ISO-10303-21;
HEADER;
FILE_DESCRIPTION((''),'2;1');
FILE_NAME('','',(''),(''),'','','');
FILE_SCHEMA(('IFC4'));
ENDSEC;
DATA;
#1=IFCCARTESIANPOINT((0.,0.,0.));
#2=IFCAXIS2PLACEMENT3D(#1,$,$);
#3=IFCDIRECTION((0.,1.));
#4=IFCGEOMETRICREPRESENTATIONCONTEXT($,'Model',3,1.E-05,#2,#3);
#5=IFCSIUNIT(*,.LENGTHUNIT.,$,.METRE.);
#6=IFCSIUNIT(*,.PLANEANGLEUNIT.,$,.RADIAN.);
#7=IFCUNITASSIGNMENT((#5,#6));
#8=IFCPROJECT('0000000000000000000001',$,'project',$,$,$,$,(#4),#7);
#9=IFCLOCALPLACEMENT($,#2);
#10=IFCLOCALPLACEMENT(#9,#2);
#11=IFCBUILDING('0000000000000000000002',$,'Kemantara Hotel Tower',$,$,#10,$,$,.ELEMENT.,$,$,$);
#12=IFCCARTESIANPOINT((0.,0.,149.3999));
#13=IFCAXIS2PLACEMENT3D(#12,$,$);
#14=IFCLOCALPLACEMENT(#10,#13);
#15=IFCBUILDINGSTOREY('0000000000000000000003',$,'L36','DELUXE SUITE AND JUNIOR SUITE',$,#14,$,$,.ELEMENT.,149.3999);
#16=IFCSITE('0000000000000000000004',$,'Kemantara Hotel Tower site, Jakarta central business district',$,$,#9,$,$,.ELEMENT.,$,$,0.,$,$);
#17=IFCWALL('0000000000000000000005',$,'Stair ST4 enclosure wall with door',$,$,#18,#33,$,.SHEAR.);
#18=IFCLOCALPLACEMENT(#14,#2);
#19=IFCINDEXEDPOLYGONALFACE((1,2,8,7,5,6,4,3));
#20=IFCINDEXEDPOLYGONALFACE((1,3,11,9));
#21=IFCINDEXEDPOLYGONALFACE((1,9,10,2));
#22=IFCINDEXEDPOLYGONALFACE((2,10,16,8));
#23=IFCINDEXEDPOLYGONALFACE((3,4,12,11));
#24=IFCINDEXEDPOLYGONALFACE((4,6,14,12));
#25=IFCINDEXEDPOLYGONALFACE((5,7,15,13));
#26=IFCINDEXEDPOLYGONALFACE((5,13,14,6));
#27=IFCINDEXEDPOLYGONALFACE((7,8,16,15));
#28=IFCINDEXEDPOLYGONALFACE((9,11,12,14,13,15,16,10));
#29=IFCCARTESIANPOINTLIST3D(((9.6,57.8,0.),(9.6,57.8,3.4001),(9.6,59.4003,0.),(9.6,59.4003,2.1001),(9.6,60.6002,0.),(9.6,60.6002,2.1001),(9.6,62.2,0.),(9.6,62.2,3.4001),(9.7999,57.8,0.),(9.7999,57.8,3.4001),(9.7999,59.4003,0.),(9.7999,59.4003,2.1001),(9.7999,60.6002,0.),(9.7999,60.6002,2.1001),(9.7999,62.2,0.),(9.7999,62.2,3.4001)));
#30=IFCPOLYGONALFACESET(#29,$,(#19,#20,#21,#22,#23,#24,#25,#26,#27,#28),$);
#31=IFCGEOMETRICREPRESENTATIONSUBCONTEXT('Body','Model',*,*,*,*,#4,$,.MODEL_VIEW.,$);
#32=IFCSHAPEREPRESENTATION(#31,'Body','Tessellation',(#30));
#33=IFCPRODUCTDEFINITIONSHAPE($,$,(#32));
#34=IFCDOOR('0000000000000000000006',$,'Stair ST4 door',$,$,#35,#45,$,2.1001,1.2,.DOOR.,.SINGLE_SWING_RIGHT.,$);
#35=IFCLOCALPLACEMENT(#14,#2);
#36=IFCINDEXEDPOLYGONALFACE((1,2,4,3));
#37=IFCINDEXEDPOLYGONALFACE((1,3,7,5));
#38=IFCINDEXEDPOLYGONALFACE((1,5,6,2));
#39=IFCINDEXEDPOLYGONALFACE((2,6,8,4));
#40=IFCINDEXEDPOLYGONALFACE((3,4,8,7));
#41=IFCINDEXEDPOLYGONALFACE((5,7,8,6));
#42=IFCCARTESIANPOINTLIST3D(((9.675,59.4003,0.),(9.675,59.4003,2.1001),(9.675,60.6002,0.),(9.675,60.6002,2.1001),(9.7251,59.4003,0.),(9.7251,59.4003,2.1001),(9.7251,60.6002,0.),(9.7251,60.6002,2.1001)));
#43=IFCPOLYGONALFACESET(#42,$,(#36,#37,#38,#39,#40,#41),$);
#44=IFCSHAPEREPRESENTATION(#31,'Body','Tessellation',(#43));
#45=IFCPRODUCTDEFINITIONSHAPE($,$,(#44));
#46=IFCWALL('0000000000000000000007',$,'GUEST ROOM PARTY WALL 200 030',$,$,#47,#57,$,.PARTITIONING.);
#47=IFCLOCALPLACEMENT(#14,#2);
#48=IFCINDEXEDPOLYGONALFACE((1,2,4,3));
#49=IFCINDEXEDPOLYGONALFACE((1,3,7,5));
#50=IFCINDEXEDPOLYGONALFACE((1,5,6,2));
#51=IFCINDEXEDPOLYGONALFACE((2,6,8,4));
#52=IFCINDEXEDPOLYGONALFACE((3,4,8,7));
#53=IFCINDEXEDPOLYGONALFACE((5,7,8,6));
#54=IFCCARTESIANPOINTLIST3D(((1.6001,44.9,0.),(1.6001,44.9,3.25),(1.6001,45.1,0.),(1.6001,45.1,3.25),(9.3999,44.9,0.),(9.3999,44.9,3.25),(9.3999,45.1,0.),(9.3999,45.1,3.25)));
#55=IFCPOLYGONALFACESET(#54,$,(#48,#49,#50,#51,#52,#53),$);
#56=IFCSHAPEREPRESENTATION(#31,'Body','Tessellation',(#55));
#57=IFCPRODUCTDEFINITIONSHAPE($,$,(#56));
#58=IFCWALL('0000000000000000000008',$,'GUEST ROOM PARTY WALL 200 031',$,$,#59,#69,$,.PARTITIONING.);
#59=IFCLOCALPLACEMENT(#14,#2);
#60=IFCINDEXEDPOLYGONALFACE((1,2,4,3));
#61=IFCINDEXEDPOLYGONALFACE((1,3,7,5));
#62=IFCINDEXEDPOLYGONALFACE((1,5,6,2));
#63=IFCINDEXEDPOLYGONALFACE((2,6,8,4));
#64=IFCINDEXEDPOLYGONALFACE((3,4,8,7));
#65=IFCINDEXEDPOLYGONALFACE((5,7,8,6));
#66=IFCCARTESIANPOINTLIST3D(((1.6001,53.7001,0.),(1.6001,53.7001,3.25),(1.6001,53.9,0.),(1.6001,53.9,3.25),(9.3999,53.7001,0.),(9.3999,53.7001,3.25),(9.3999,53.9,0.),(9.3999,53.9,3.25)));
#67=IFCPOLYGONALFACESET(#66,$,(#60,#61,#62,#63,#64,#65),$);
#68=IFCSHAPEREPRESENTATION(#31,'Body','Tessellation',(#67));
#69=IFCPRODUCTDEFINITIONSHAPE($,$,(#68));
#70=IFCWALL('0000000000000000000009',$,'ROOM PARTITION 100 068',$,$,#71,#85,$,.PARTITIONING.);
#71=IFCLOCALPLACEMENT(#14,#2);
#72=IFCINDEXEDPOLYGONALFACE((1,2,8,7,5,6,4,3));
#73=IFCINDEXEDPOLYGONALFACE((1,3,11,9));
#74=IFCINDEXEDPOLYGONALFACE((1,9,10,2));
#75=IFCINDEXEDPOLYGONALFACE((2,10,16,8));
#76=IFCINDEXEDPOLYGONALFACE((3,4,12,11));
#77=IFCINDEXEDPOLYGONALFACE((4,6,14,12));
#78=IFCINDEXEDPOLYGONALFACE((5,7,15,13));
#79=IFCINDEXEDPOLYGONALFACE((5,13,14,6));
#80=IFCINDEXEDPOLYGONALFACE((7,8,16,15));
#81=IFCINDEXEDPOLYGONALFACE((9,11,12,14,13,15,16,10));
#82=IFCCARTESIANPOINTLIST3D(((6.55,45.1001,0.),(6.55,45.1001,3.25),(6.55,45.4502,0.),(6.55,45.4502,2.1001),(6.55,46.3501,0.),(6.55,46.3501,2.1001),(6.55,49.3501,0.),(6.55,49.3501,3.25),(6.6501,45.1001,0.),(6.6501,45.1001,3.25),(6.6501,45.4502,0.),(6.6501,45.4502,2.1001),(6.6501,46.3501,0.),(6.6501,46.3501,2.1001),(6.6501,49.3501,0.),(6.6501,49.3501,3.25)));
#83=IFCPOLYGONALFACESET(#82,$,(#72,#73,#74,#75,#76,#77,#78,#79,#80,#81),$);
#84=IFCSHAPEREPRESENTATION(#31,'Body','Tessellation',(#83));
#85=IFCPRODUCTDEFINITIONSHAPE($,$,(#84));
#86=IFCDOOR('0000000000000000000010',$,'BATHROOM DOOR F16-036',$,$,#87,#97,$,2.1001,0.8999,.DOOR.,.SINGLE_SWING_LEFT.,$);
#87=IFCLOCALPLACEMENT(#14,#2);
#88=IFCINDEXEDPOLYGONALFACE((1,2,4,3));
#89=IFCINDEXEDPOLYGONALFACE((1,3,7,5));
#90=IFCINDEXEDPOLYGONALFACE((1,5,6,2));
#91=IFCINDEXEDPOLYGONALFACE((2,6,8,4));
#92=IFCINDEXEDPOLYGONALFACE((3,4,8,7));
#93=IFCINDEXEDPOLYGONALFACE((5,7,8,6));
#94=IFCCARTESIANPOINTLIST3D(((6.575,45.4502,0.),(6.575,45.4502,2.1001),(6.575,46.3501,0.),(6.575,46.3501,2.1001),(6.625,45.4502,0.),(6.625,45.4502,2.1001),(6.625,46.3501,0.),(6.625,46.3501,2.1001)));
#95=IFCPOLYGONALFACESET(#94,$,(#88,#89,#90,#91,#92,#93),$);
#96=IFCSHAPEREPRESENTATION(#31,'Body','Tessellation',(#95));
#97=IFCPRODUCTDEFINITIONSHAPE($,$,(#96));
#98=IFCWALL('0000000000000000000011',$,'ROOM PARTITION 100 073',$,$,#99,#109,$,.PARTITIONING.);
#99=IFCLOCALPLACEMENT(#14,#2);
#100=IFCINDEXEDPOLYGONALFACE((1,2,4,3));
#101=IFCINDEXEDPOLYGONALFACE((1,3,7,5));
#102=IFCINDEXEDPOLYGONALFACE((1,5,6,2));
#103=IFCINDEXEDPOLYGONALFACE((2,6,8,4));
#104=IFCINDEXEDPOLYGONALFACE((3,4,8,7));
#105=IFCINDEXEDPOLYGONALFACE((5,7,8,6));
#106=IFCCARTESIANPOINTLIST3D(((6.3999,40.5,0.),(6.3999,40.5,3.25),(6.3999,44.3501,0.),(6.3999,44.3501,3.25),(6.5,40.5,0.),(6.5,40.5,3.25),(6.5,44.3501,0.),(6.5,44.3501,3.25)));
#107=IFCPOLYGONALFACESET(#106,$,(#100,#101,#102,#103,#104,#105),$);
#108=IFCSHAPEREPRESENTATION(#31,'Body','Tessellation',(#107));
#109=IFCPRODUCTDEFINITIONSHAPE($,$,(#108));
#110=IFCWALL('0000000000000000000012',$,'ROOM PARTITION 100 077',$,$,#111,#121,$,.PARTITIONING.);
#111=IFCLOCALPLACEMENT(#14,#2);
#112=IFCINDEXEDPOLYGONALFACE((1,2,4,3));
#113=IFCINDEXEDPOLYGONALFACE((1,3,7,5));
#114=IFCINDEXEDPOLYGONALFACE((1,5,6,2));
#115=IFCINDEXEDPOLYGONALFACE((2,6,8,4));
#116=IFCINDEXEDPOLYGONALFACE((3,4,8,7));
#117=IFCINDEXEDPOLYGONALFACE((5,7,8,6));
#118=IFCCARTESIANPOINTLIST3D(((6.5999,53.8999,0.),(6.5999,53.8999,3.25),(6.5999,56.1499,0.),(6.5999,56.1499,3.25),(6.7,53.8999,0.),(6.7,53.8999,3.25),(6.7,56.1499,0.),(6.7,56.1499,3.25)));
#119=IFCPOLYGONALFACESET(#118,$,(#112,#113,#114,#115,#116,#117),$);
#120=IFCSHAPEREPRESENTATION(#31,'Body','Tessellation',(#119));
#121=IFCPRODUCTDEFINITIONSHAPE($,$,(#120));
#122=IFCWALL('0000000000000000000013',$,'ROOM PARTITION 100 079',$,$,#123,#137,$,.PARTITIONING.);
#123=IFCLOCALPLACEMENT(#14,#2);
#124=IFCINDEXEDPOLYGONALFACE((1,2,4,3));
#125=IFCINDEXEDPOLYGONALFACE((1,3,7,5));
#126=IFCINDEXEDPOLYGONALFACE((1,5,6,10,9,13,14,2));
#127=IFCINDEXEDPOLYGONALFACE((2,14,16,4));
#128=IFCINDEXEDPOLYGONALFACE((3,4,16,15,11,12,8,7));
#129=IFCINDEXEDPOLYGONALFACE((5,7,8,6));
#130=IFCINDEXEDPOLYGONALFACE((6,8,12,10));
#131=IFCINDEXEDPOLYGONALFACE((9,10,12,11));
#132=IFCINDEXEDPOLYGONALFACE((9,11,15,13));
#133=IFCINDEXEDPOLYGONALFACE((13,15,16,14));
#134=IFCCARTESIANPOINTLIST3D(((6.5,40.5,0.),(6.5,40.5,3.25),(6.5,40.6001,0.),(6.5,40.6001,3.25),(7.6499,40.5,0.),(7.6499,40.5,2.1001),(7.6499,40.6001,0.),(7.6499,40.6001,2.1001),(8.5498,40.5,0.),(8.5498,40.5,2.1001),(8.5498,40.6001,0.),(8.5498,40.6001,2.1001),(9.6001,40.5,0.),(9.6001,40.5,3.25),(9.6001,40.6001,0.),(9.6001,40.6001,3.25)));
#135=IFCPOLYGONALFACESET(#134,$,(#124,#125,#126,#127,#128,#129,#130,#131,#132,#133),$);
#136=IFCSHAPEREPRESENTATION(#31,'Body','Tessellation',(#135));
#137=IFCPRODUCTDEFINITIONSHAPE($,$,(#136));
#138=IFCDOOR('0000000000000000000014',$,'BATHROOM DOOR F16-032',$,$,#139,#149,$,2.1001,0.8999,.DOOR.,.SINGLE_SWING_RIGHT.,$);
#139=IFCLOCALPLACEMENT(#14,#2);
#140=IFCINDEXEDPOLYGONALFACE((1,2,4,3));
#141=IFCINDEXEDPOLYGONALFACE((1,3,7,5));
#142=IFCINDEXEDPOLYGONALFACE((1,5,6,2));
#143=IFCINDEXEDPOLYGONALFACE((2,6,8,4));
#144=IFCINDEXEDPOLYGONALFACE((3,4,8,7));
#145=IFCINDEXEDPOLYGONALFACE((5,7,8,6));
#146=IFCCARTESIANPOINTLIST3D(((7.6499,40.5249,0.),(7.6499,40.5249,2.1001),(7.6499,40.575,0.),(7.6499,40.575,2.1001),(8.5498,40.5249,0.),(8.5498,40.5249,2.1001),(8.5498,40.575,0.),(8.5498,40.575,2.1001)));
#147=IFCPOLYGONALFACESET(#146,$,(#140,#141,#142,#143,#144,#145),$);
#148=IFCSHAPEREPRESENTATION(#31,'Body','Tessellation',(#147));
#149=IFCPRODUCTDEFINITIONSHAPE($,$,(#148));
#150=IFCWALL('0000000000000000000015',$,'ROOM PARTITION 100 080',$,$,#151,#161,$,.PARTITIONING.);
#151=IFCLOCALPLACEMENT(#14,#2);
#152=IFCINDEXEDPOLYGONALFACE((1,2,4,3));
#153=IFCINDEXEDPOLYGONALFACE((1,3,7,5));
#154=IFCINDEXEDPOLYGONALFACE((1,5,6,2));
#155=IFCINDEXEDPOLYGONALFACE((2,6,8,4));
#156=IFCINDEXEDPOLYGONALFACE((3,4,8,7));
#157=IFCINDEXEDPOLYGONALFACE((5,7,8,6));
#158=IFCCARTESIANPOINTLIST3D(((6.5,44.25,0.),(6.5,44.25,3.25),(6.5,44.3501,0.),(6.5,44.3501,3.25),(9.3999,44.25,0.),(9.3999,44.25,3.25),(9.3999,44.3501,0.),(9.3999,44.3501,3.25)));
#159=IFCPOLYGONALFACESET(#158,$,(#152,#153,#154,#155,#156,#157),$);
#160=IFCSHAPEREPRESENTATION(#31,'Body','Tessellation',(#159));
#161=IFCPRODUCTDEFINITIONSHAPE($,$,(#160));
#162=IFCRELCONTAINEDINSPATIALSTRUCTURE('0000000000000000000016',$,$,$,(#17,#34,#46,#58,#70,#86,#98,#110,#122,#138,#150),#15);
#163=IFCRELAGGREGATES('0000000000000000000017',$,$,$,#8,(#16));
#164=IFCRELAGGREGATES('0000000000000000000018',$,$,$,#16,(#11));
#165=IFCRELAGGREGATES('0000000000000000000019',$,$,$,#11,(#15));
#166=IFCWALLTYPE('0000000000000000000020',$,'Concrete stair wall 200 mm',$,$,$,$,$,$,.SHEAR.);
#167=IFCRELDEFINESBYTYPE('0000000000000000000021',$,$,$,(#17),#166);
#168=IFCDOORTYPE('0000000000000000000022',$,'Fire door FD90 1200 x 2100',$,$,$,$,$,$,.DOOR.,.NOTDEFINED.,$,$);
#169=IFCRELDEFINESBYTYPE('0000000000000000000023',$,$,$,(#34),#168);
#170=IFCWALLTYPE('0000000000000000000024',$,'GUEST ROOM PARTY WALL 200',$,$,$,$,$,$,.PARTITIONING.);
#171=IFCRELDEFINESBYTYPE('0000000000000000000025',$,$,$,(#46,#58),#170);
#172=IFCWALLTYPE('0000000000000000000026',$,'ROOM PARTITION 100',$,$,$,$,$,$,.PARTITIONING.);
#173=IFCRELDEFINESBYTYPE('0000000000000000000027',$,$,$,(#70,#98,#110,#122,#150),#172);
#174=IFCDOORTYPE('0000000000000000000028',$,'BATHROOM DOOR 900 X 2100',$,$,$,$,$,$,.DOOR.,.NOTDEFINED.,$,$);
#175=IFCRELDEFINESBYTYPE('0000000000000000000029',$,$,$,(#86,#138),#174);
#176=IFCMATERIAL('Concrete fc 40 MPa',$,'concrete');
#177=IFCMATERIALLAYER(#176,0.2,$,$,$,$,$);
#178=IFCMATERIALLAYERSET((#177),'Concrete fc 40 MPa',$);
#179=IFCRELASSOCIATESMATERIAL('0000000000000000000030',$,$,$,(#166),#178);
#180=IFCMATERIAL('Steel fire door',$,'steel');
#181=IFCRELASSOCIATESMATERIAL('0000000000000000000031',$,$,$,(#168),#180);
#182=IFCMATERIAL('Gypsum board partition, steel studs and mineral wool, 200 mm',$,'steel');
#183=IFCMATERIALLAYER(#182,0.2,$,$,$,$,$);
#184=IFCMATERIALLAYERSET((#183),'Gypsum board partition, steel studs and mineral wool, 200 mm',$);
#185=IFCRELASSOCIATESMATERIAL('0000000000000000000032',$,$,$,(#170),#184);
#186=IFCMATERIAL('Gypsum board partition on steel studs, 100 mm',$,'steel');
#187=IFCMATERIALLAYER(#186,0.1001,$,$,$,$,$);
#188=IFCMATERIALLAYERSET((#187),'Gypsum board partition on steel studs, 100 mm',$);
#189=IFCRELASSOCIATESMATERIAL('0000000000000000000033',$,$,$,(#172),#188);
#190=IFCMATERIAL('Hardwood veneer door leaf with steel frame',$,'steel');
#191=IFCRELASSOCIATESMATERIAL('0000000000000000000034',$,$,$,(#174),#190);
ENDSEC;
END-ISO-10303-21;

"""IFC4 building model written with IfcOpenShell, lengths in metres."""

from ifc_helpers import new_model, si_unit, direction, frame, frame_2d, origin, place, context, subcontext, project, spatial, rectangle, extrude, material, layer, layer_set, type_object, element, fill, save


model = new_model("IFC4")

# Units and contexts
model_context = context("Model", 3, precision=1e-05, world=origin(), true_north=direction((0.0, 1.0)))
body_context = subcontext(model_context, "Body", "Model", "MODEL_VIEW")
ifc_project = project(units=[si_unit("LENGTHUNIT", "METRE"), si_unit("PLANEANGLEUNIT", "RADIAN")], contexts=[model_context])

# Site, building, storey
site_placement = place(None, origin())
site = spatial("IfcSite", under=ifc_project, at=site_placement, Name="Kemantara Hotel Tower site, Jakarta central business district", CompositionType="ELEMENT", RefElevation=0.0)
building_placement = place(site_placement, origin())
building = spatial("IfcBuilding", under=site, at=building_placement, Name="Kemantara Hotel Tower", CompositionType="ELEMENT")
storey_placement = place(building_placement, frame((0.0, 0.0, 149.3999)))
storey = spatial("IfcBuildingStorey", under=building, at=storey_placement, Name="L36", Description="DELUXE SUITE AND JUNIOR SUITE", CompositionType="ELEMENT", Elevation=149.3999)

# Wall, opening, door
ifc_material_1 = material(Name="Gypsum board partition, steel studs and mineral wool, 200 mm", Category="steel")
ifc_material_2 = material(Name="Hardwood veneer door leaf with steel frame", Category="steel")
ifc_material_3 = material(Name="Concrete fc 40 MPa", Category="concrete")
ifc_layer_1 = layer(ifc_material_3, 0.2)
ifc_layer_set_1 = layer_set([ifc_layer_1], Name="Concrete fc 40 MPa")
wall_type_1 = type_object("IfcWallType", Name="Concrete stair wall 200 mm", PredefinedType="SHEAR", material=ifc_layer_set_1)
wall_1_placement = place(storey_placement, frame((9.7, 57.8, 0.0), z_axis=(0.0, 0.0, 1.0), x_axis=(0.0, 1.0, 0.0)))
wall_1 = element("IfcWall", 1, at=wall_1_placement, inside=storey, type_object=wall_type_1, Name="Stair ST4 enclosure wall with door", PredefinedType="SHEAR", context=body_context, shape_type="SweptSolid", body=[
    extrude(rectangle(XDim=4.3999, YDim=0.2, at=frame_2d((2.2, 0.0))), origin(), (0.0, 0.0, 1.0), 3.4001),
])
opening_1_placement = place(wall_1_placement, frame((1.6001, 0.0, 0.0)))
opening_1 = element("IfcOpeningElement", 2, at=opening_1_placement, cuts=wall_1, PredefinedType="OPENING", context=body_context, shape_type="SweptSolid", body=[
    extrude(rectangle(XDim=1.2, YDim=2.1001, at=frame_2d((0.6001, 1.05))), frame((0.0, 0.1099, 0.0), z_axis=(0.0, -1.0, 0.0), x_axis=(1.0, 0.0, 0.0)), (0.0, 0.0, 1.0), 0.22),
])
ifc_material_4 = material(Name="Steel fire door", Category="steel")
door_type_1 = type_object("IfcDoorType", Name="Fire door FD90 1200 x 2100", OperationType="NOTDEFINED", PredefinedType="DOOR", material=ifc_material_4)
door_1_placement = place(opening_1_placement, origin())
door_1 = element("IfcDoor", 3, at=door_1_placement, inside=storey, type_object=door_type_1, Name="Stair ST4 door", OperationType="SINGLE_SWING_RIGHT", OverallHeight=2.1001, OverallWidth=1.2, PredefinedType="DOOR", context=body_context, shape_type="SweptSolid", body=[
    extrude(rectangle(XDim=1.2, YDim=2.1001, at=frame_2d((0.6001, 1.05))), frame((0.0, 0.0249, 0.0), z_axis=(0.0, -1.0, 0.0), x_axis=(1.0, 0.0, 0.0)), (0.0, 0.0, 1.0), 0.05),
])
fill(opening_1, door_1)

# Walls
ifc_layer_2 = layer(ifc_material_1, 0.2)
ifc_layer_set_2 = layer_set([ifc_layer_2], Name="Gypsum board partition, steel studs and mineral wool, 200 mm")
wall_type_2 = type_object("IfcWallType", Name="GUEST ROOM PARTY WALL 200", PredefinedType="PARTITIONING", material=ifc_layer_set_2)
for number, where, z_axis, x_axis, name in (
    (4, (1.6001, 45.0, 0.0), (0.0, 0.0, 1.0), (1.0, 0.0, 0.0), "GUEST ROOM PARTY WALL 200 030"),
    (5, (1.6001, 53.8, 0.0), (0.0, 0.0, 1.0), (1.0, 0.0, 0.0), "GUEST ROOM PARTY WALL 200 031"),
):
    element("IfcWall", number, at=place(storey_placement, frame(where, z_axis=z_axis, x_axis=x_axis)), inside=storey, type_object=wall_type_2, Name=name, PredefinedType="PARTITIONING", context=body_context, shape_type="SweptSolid", body=[
        extrude(rectangle(XDim=7.7998, YDim=0.2, at=frame_2d((3.8999, 0.0))), origin(), (0.0, 0.0, 1.0), 3.25),
    ])

# Wall, opening, door
ifc_material_5 = material(Name="Gypsum board partition on steel studs, 100 mm", Category="steel")
ifc_layer_3 = layer(ifc_material_5, 0.1001)
ifc_layer_set_3 = layer_set([ifc_layer_3], Name="Gypsum board partition on steel studs, 100 mm")
wall_type_3 = type_object("IfcWallType", Name="ROOM PARTITION 100", PredefinedType="PARTITIONING", material=ifc_layer_set_3)
wall_2_placement = place(storey_placement, frame((6.6001, 49.3501, 0.0), z_axis=(0.0, 0.0, 1.0), x_axis=(0.0, -1.0, 0.0)))
wall_2 = element("IfcWall", 6, at=wall_2_placement, inside=storey, type_object=wall_type_3, Name="ROOM PARTITION 100 068", PredefinedType="PARTITIONING", context=body_context, shape_type="SweptSolid", body=[
    extrude(rectangle(XDim=4.25, YDim=0.1001, at=frame_2d((2.125, 0.0))), origin(), (0.0, 0.0, 1.0), 3.25),
])
opening_2_placement = place(wall_2_placement, frame((3.0, 0.0, 0.0)))
opening_2 = element("IfcOpeningElement", 7, at=opening_2_placement, cuts=wall_2, PredefinedType="OPENING", context=body_context, shape_type="SweptSolid", body=[
    extrude(rectangle(XDim=0.8999, YDim=2.1001, at=frame_2d((0.45, 1.05))), frame((0.0, 0.0601, 0.0), z_axis=(0.0, -1.0, 0.0), x_axis=(1.0, 0.0, 0.0)), (0.0, 0.0, 1.0), 0.1201),
])
door_type_2 = type_object("IfcDoorType", Name="BATHROOM DOOR 900 X 2100", OperationType="NOTDEFINED", PredefinedType="DOOR", material=ifc_material_2)
door_2_placement = place(opening_2_placement, origin())
door_2 = element("IfcDoor", 8, at=door_2_placement, inside=storey, type_object=door_type_2, Name="BATHROOM DOOR F16-036", OperationType="SINGLE_SWING_LEFT", OverallHeight=2.1001, OverallWidth=0.8999, PredefinedType="DOOR", context=body_context, shape_type="SweptSolid", body=[
    extrude(rectangle(XDim=0.8999, YDim=2.1001, at=frame_2d((0.45, 1.05))), frame((0.0, 0.0249, 0.0), z_axis=(0.0, -1.0, 0.0), x_axis=(1.0, 0.0, 0.0)), (0.0, 0.0, 1.0), 0.05),
])
fill(opening_2, door_2)

# Walls
wall_3_placement = place(storey_placement, frame((6.45, 40.5, 0.0), z_axis=(0.0, 0.0, 1.0), x_axis=(0.0, 1.0, 0.0)))
element("IfcWall", 9, at=wall_3_placement, inside=storey, type_object=wall_type_3, Name="ROOM PARTITION 100 073", PredefinedType="PARTITIONING", context=body_context, shape_type="SweptSolid", body=[
    extrude(rectangle(XDim=3.8501, YDim=0.1001, at=frame_2d((1.925, 0.0))), origin(), (0.0, 0.0, 1.0), 3.25),
])
wall_4_placement = place(storey_placement, frame((6.6499, 53.8999, 0.0), z_axis=(0.0, 0.0, 1.0), x_axis=(0.0, 1.0, 0.0)))
element("IfcWall", 10, at=wall_4_placement, inside=storey, type_object=wall_type_3, Name="ROOM PARTITION 100 077", PredefinedType="PARTITIONING", context=body_context, shape_type="SweptSolid", body=[
    extrude(rectangle(XDim=2.25, YDim=0.1001, at=frame_2d((1.125, 0.0))), origin(), (0.0, 0.0, 1.0), 3.25),
])

# Wall, opening, door
wall_5_placement = place(storey_placement, frame((6.5, 40.55, 0.0), z_axis=(0.0, 0.0, 1.0), x_axis=(1.0, 0.0, 0.0)))
wall_5 = element("IfcWall", 11, at=wall_5_placement, inside=storey, type_object=wall_type_3, Name="ROOM PARTITION 100 079", PredefinedType="PARTITIONING", context=body_context, shape_type="SweptSolid", body=[
    extrude(rectangle(XDim=3.1001, YDim=0.1001, at=frame_2d((1.55, 0.0))), origin(), (0.0, 0.0, 1.0), 3.25),
])
opening_3_placement = place(wall_5_placement, frame((1.1499, 0.0, 0.0)))
opening_3 = element("IfcOpeningElement", 12, at=opening_3_placement, cuts=wall_5, PredefinedType="OPENING", context=body_context, shape_type="SweptSolid", body=[
    extrude(rectangle(XDim=0.8999, YDim=2.1001, at=frame_2d((0.45, 1.05))), frame((0.0, 0.0601, 0.0), z_axis=(0.0, -1.0, 0.0), x_axis=(1.0, 0.0, 0.0)), (0.0, 0.0, 1.0), 0.1201),
])
door_3_placement = place(opening_3_placement, origin())
door_3 = element("IfcDoor", 13, at=door_3_placement, inside=storey, type_object=door_type_2, Name="BATHROOM DOOR F16-032", OperationType="SINGLE_SWING_RIGHT", OverallHeight=2.1001, OverallWidth=0.8999, PredefinedType="DOOR", context=body_context, shape_type="SweptSolid", body=[
    extrude(rectangle(XDim=0.8999, YDim=2.1001, at=frame_2d((0.45, 1.05))), frame((0.0, 0.0249, 0.0), z_axis=(0.0, -1.0, 0.0), x_axis=(1.0, 0.0, 0.0)), (0.0, 0.0, 1.0), 0.05),
])
fill(opening_3, door_3)

# Wall
wall_6_placement = place(storey_placement, frame((6.5, 44.3, 0.0), z_axis=(0.0, 0.0, 1.0), x_axis=(1.0, 0.0, 0.0)))
element("IfcWall", 14, at=wall_6_placement, inside=storey, type_object=wall_type_3, Name="ROOM PARTITION 100 080", PredefinedType="PARTITIONING", context=body_context, shape_type="SweptSolid", body=[
    extrude(rectangle(XDim=2.8999, YDim=0.1001, at=frame_2d((1.45, 0.0))), origin(), (0.0, 0.0, 1.0), 3.25),
])

save(model, "model.ifc")
